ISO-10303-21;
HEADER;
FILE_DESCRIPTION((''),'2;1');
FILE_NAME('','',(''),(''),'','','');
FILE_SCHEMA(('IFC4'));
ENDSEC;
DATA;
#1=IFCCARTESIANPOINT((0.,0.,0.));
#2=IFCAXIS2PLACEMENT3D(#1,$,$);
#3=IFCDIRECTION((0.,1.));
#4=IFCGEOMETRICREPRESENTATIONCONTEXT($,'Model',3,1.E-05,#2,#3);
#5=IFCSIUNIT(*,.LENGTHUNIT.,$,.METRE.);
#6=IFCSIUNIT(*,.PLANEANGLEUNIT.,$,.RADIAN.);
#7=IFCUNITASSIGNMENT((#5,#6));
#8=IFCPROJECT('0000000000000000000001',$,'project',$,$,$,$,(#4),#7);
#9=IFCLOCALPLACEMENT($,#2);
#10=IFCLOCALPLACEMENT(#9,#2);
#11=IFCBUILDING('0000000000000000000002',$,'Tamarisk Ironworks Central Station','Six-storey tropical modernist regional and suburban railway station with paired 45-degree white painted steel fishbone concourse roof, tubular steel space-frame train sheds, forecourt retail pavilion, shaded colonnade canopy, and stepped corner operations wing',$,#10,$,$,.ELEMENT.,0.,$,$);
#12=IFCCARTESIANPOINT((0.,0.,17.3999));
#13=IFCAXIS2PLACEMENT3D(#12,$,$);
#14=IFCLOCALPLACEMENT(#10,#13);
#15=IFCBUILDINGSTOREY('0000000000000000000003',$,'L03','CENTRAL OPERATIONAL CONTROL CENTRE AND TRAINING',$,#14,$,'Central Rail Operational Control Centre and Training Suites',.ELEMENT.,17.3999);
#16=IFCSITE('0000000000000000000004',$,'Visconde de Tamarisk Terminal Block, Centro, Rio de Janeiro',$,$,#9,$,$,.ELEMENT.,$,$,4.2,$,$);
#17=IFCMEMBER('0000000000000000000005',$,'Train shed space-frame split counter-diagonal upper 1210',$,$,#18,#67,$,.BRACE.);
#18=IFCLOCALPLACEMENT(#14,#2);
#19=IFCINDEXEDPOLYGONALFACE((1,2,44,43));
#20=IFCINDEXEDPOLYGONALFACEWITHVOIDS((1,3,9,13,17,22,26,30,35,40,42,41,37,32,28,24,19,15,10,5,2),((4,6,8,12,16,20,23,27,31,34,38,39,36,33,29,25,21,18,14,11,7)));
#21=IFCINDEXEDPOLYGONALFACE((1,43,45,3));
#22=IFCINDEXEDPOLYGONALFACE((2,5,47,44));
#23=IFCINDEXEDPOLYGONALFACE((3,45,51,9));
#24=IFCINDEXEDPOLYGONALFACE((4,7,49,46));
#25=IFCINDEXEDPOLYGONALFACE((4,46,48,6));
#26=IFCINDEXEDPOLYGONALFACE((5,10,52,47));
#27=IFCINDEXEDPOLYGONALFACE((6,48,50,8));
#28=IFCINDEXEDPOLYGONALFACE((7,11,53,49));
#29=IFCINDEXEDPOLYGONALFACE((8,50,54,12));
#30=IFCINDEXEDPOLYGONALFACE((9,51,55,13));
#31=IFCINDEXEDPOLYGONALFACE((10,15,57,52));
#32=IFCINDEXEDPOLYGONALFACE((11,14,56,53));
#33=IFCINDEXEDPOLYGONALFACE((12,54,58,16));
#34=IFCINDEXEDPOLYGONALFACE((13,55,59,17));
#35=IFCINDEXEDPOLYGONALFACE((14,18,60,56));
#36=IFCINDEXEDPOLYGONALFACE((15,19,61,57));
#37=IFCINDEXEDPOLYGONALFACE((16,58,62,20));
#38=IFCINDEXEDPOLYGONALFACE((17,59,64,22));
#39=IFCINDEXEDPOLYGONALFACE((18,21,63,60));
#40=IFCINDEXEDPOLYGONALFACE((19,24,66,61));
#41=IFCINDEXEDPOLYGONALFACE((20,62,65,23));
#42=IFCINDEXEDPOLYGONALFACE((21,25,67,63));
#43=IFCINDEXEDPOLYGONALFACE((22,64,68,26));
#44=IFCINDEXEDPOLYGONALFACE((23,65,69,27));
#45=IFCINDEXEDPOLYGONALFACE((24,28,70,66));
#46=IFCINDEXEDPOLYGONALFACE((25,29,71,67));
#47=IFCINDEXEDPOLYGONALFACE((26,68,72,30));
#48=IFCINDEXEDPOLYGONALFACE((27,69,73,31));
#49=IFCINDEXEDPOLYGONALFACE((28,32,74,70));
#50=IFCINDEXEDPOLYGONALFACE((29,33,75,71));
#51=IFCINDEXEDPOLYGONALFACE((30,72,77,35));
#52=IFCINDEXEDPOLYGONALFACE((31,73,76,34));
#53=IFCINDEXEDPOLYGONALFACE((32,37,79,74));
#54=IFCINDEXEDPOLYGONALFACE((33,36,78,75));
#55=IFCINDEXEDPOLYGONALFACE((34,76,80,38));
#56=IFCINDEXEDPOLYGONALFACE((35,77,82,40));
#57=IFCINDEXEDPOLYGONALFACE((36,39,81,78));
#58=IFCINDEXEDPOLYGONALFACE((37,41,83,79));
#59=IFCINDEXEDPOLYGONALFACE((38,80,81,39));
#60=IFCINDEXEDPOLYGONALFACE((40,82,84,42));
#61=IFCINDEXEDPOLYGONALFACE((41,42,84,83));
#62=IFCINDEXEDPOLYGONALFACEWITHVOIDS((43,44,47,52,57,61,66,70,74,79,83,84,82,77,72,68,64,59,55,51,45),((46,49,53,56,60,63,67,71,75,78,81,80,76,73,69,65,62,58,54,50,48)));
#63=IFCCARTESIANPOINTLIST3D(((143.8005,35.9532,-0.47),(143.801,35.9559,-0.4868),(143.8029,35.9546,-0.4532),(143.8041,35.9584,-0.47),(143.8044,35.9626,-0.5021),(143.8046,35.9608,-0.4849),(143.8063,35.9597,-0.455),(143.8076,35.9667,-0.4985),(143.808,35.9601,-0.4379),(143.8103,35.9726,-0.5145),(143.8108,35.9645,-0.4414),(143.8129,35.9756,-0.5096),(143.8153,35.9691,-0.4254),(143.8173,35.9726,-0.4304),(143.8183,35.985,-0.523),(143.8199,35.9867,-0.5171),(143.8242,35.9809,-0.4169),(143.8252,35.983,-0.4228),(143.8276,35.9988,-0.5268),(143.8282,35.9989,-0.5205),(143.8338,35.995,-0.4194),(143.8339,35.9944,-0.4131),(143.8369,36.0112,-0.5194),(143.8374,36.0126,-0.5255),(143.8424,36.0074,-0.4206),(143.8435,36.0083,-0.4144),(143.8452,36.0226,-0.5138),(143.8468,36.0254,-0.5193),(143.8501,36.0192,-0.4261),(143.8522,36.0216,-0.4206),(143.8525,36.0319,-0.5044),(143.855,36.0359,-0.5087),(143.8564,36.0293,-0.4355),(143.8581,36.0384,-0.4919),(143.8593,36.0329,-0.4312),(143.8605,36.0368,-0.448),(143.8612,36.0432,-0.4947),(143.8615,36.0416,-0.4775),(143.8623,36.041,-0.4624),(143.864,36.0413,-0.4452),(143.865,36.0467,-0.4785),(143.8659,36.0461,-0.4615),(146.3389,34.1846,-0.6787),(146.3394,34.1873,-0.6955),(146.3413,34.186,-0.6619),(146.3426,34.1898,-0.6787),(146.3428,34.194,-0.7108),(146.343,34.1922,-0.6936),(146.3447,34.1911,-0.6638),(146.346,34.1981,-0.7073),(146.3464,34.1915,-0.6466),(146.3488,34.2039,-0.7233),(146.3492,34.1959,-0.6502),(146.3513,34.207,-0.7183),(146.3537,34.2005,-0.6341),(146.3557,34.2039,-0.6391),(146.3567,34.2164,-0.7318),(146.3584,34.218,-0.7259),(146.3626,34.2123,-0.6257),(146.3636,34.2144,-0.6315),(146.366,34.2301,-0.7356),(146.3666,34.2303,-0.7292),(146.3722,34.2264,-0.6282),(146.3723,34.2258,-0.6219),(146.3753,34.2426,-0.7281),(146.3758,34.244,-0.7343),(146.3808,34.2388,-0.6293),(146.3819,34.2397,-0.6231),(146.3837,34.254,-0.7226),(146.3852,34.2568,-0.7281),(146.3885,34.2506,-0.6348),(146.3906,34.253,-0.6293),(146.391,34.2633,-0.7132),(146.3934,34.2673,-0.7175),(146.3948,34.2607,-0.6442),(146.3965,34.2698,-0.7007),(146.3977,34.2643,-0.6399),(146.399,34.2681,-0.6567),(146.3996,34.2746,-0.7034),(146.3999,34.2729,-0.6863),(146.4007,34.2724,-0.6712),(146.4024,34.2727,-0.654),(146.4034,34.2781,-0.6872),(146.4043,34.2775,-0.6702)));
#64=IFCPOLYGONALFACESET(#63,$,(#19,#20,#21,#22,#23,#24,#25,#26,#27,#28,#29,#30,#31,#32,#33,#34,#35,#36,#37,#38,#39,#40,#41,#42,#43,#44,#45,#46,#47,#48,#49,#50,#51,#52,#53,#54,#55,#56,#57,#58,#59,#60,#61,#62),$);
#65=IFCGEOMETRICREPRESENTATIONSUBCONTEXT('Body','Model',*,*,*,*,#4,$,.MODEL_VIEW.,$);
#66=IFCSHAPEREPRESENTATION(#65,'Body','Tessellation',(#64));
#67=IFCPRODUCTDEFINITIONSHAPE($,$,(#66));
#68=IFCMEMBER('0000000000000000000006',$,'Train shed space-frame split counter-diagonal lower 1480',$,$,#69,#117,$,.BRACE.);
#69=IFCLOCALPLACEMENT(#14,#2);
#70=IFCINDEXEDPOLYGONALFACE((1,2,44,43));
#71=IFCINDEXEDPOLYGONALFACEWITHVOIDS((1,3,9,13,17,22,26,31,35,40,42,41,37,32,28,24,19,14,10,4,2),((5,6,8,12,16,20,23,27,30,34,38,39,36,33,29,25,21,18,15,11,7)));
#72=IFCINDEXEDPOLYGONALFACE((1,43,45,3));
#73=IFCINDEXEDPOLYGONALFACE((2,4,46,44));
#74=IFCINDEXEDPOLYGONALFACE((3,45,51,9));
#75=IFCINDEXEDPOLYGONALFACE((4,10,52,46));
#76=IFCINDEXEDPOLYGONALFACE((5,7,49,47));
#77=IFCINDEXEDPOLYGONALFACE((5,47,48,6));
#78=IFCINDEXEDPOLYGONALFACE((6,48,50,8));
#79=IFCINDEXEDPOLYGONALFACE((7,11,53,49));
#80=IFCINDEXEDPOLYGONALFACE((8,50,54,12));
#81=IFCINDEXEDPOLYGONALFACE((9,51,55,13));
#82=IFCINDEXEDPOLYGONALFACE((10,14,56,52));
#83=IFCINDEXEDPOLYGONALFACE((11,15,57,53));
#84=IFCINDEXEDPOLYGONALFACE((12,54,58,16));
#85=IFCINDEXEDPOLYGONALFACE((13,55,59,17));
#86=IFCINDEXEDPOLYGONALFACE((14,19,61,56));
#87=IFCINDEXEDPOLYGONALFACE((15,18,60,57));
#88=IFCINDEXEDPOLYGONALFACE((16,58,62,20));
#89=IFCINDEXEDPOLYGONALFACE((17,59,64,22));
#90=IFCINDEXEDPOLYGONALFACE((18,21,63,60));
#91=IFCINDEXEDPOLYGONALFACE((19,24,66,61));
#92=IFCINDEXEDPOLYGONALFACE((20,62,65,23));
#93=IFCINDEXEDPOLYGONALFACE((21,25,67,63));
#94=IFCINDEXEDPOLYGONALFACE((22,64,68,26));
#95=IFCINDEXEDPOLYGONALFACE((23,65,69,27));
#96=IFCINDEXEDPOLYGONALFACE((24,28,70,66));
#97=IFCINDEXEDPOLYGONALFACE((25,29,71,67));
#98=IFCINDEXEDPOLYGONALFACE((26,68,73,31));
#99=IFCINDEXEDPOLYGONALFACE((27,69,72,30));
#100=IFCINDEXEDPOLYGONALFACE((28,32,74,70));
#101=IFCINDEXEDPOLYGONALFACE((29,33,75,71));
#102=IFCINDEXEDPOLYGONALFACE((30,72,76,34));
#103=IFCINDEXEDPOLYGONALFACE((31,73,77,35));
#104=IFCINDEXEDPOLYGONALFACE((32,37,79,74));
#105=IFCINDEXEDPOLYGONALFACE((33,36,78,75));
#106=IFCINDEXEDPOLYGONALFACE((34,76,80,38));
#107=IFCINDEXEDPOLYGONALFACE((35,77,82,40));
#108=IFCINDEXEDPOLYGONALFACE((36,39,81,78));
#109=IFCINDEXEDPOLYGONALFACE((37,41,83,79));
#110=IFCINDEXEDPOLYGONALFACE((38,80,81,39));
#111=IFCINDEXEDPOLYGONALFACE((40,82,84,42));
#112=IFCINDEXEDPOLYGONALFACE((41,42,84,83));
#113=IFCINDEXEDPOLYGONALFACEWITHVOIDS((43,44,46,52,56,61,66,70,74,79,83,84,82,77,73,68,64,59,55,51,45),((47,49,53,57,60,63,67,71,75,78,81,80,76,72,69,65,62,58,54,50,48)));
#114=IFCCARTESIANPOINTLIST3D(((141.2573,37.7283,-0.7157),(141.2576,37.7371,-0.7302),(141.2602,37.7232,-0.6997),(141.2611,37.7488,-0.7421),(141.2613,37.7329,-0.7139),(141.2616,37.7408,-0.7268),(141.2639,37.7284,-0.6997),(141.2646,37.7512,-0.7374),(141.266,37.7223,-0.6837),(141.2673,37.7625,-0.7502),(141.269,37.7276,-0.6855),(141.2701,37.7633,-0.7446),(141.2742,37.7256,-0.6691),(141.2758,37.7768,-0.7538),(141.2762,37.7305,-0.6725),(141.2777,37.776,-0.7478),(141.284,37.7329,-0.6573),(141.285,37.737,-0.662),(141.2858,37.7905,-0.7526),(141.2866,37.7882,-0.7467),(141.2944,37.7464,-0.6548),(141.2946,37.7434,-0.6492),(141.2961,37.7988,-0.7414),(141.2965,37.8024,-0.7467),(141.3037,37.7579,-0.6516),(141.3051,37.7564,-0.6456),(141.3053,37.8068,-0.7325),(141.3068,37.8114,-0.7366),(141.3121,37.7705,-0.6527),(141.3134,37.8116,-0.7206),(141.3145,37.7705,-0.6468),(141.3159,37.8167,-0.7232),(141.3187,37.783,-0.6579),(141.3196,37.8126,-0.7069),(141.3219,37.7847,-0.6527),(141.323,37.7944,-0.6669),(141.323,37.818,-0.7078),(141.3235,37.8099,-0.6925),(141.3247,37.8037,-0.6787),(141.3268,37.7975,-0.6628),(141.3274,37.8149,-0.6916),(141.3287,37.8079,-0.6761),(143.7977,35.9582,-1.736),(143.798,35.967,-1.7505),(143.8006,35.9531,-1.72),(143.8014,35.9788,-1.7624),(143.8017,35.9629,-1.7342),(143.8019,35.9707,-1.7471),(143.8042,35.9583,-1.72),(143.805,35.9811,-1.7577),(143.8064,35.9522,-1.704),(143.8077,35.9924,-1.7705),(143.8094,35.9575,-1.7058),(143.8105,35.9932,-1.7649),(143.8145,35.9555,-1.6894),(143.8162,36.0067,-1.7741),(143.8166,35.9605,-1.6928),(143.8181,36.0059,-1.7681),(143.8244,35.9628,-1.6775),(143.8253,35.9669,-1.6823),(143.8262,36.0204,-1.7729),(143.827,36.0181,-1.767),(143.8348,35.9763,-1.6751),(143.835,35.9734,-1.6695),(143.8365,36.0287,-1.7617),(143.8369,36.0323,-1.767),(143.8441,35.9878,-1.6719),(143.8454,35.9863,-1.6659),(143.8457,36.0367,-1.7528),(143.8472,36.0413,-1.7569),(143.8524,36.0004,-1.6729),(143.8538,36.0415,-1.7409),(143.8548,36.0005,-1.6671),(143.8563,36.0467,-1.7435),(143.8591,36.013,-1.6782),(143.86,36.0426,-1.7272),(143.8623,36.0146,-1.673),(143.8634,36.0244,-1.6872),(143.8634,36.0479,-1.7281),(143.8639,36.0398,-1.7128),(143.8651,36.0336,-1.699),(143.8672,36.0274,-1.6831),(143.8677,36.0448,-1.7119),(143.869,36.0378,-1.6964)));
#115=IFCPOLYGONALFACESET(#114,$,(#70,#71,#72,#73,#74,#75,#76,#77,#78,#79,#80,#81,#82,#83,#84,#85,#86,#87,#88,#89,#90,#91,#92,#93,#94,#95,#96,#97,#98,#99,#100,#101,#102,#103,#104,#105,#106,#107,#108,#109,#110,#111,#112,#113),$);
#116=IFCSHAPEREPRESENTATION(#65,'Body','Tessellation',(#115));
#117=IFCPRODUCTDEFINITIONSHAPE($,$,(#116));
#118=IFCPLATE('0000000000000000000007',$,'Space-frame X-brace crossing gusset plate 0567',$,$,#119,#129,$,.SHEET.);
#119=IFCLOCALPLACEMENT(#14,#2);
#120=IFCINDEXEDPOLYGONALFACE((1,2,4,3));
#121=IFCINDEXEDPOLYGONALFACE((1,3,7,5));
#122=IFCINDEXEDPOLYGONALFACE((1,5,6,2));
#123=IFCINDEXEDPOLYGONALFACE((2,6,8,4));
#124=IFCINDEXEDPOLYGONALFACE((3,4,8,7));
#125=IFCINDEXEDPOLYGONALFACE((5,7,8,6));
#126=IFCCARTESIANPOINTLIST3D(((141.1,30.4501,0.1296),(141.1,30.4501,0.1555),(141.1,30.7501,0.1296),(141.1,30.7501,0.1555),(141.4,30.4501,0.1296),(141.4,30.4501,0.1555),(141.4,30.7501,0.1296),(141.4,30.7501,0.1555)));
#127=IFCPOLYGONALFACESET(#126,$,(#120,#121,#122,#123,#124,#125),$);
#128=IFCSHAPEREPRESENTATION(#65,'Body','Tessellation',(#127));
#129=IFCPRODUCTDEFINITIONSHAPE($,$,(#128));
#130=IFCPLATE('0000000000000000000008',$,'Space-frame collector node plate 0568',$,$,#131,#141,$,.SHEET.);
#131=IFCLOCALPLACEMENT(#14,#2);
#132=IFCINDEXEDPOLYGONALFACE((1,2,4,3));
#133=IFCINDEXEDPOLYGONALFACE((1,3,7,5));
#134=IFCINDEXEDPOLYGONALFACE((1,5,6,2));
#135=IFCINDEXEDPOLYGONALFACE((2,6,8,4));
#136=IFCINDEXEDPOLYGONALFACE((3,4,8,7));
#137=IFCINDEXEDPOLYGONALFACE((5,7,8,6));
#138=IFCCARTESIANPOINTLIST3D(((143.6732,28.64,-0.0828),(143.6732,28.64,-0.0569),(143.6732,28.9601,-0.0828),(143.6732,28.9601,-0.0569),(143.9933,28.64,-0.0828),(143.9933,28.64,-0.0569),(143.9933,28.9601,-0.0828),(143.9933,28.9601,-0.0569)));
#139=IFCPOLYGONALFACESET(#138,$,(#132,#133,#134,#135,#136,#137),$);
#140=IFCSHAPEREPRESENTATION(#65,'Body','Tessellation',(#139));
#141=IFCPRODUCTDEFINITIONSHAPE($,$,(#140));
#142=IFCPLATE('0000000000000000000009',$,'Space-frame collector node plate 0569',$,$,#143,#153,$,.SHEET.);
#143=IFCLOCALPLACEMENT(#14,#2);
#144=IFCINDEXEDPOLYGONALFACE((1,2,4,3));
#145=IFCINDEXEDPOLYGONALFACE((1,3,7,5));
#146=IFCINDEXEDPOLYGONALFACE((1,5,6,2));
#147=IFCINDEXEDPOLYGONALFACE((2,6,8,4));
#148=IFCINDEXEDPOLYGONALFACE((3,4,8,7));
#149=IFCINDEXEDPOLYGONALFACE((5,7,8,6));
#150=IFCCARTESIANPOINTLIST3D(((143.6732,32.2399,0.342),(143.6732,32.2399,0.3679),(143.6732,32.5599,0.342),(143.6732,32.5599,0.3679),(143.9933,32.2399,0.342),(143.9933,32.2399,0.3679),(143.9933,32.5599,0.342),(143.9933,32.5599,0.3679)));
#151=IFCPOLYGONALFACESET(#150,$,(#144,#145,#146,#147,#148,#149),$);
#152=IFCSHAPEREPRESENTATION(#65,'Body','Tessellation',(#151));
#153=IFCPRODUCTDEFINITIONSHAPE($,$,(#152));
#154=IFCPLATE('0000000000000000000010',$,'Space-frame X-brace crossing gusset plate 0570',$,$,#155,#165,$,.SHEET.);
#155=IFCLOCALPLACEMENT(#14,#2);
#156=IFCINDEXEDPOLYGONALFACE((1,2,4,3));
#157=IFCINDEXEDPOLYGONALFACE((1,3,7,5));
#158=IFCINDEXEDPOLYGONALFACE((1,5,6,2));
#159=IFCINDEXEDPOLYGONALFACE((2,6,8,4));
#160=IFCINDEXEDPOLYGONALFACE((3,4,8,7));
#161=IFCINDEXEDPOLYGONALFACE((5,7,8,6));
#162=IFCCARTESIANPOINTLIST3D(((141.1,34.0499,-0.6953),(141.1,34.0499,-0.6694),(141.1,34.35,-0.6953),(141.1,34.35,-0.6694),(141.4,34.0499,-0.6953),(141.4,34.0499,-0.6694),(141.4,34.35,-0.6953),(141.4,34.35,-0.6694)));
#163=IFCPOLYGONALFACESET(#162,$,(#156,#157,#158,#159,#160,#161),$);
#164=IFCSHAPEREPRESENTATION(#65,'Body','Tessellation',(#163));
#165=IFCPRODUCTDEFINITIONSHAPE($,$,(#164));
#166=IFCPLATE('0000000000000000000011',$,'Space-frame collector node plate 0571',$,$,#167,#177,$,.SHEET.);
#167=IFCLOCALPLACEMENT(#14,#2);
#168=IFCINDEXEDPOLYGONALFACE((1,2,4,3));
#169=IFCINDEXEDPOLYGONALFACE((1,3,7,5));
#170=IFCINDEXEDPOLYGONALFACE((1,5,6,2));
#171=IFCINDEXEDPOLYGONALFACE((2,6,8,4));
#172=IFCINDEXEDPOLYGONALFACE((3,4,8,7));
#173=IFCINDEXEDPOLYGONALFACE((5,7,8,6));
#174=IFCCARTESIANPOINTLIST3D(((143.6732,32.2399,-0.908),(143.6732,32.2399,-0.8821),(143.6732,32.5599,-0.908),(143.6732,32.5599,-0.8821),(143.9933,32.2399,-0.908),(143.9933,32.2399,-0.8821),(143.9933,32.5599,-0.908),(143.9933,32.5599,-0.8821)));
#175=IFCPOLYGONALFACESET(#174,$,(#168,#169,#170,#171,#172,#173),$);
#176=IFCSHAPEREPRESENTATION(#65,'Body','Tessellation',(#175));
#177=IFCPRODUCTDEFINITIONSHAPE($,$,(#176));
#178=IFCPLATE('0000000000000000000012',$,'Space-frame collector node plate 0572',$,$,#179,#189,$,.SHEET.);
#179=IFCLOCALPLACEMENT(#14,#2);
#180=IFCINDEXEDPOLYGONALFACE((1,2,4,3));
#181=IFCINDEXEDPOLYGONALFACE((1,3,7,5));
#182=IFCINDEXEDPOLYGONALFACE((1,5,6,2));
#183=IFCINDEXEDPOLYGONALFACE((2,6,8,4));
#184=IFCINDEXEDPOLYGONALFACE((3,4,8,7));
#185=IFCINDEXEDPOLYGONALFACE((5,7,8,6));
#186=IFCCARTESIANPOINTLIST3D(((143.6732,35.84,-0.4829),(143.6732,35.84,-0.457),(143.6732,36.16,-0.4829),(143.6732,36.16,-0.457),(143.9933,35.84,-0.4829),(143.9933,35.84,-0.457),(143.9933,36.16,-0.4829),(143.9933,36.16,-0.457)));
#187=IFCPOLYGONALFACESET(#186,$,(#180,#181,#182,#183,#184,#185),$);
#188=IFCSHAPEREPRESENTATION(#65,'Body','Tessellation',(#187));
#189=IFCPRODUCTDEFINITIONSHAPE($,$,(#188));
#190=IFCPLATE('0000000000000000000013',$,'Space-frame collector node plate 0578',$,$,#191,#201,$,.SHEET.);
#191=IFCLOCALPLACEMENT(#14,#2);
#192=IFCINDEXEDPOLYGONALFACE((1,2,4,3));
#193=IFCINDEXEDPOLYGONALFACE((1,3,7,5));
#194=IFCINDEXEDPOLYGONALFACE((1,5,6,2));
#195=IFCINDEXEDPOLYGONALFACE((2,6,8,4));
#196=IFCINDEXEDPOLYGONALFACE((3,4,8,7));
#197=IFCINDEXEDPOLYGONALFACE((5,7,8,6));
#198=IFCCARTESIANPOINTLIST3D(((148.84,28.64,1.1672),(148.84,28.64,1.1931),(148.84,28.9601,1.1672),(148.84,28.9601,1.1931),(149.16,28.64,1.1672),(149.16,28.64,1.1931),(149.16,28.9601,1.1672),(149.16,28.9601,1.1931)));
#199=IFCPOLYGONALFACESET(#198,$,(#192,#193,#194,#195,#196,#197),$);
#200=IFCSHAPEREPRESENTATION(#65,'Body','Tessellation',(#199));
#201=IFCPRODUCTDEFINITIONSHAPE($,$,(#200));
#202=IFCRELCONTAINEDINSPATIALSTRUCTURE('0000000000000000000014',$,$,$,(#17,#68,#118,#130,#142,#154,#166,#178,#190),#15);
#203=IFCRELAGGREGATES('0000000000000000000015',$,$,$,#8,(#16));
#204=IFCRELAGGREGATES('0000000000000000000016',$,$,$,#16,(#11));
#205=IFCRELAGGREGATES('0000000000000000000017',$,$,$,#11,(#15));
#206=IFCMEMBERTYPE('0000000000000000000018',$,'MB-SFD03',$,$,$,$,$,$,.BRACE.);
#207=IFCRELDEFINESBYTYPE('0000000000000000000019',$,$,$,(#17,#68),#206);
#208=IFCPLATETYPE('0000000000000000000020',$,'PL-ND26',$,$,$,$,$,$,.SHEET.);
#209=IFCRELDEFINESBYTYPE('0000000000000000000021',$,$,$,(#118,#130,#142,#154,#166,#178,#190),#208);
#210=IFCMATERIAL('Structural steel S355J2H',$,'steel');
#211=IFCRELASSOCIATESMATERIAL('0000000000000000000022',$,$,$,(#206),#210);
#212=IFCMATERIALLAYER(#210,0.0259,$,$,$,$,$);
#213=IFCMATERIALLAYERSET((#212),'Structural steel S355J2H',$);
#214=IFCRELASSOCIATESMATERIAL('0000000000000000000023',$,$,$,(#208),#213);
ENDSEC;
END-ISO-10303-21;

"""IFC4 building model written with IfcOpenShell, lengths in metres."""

from ifc_helpers import new_model, si_unit, direction, frame, origin, origin_2d, place, context, subcontext, project, spatial, rectangle, hollow_circle, extrude, material, layer, layer_set, material_profile, profile_set, type_object, element, save


model = new_model("IFC4")

# Units and contexts
model_context = context("Model", 3, precision=1e-05, world=origin(), true_north=direction((0.0, 1.0)))
body_context = subcontext(model_context, "Body", "Model", "MODEL_VIEW")
ifc_project = project(units=[si_unit("LENGTHUNIT", "METRE"), si_unit("PLANEANGLEUNIT", "RADIAN")], contexts=[model_context])

# Site, building, storey
site_placement = place(None, origin())
site = spatial("IfcSite", under=ifc_project, at=site_placement, Name="Visconde de Tamarisk Terminal Block, Centro, Rio de Janeiro", CompositionType="ELEMENT", RefElevation=4.2)
building_placement = place(site_placement, origin())
building = spatial("IfcBuilding", under=site, at=building_placement, Name="Tamarisk Ironworks Central Station", Description="Six-storey tropical modernist regional and suburban railway station with paired 45-degree white painted steel fishbone concourse roof, tubular steel space-frame train sheds, forecourt retail pavilion, shaded colonnade canopy, and stepped corner operations wing", CompositionType="ELEMENT", ElevationOfRefHeight=0.0)
storey_placement = place(building_placement, frame((0.0, 0.0, 17.3999)))
storey = spatial("IfcBuildingStorey", under=building, at=storey_placement, Name="L03", Description="CENTRAL OPERATIONAL CONTROL CENTRE AND TRAINING", LongName="Central Rail Operational Control Centre and Training Suites", CompositionType="ELEMENT", Elevation=17.3999)

# Members
ifc_material = material(Name="Structural steel S355J2H", Category="steel")
ifc_material_profile_1 = material_profile(ifc_material, hollow_circle(Radius=0.0571, WallThickness=0.0063, at=origin_2d()), Name="CHS 114.3x6.3")
ifc_profile_set_1 = profile_set([ifc_material_profile_1], Name="Structural steel S355J2H")
member_type_1 = type_object("IfcMemberType", Name="MB-SFD03", PredefinedType="BRACE", material=ifc_profile_set_1)
for number, where, z_axis, x_axis, name in (
    (1, (146.3716, 34.2314, -0.6787), (-0.818625, 0.570369, 0.06732), (-0.571666, -0.820487, 0.0), "Train shed space-frame split counter-diagonal upper 1210"),
):
    element("IfcMember", number, at=place(storey_placement, frame(where, z_axis=z_axis, x_axis=x_axis)), inside=storey, type_object=member_type_1, Name=name, PredefinedType="BRACE", context=body_context, shape_type="SweptSolid", body=[
        extrude(hollow_circle(Radius=0.0571, WallThickness=0.0063, at=origin_2d()), origin(), (0.0, 0.0, 1.0), 3.1008),
    ])
member_1_placement = place(storey_placement, frame((143.8333, 36.0, -1.72), z_axis=(-0.779252, 0.542967, 0.312974), x_axis=(-0.571688, -0.820471, 0.0)))
element("IfcMember", 2, at=member_1_placement, inside=storey, type_object=member_type_1, Name="Train shed space-frame split counter-diagonal lower 1480", PredefinedType="BRACE", context=body_context, shape_type="SweptSolid", body=[
    extrude(hollow_circle(Radius=0.0571, WallThickness=0.0063, at=origin_2d()), origin(), (0.0, 0.0, 1.0), 3.26),
])

# Plates
ifc_layer = layer(ifc_material, 0.0259)
ifc_layer_set = layer_set([ifc_layer], Name="Structural steel S355J2H")
plate_type = type_object("IfcPlateType", Name="PL-ND26", PredefinedType="SHEET", material=ifc_layer_set)
plate_1_placement = place(storey_placement, frame((141.25, 30.6001, 0.1296), z_axis=(0.0, 0.0, 1.0), x_axis=(1.0, 0.0, 0.0)))
element("IfcPlate", 3, at=plate_1_placement, inside=storey, type_object=plate_type, Name="Space-frame X-brace crossing gusset plate 0567", PredefinedType="SHEET", context=body_context, shape_type="SweptSolid", body=[
    extrude(rectangle(XDim=0.3, YDim=0.3, at=origin_2d()), origin(), (0.0, 0.0, 1.0), 0.0259),
])
for number, where, z_axis, x_axis, name in (
    (4, (143.8333, 28.8, -0.0828), (0.0, 0.0, 1.0), (1.0, 0.0, 0.0), "Space-frame collector node plate 0568"),
    (5, (143.8333, 32.3999, 0.342), (0.0, 0.0, 1.0), (1.0, 0.0, 0.0), "Space-frame collector node plate 0569"),
):
    element("IfcPlate", number, at=place(storey_placement, frame(where, z_axis=z_axis, x_axis=x_axis)), inside=storey, type_object=plate_type, Name=name, PredefinedType="SHEET", context=body_context, shape_type="SweptSolid", body=[
        extrude(rectangle(XDim=0.3201, YDim=0.3201, at=origin_2d()), origin(), (0.0, 0.0, 1.0), 0.0259),
    ])
plate_2_placement = place(storey_placement, frame((141.25, 34.2, -0.6953), z_axis=(0.0, 0.0, 1.0), x_axis=(1.0, 0.0, 0.0)))
element("IfcPlate", 6, at=plate_2_placement, inside=storey, type_object=plate_type, Name="Space-frame X-brace crossing gusset plate 0570", PredefinedType="SHEET", context=body_context, shape_type="SweptSolid", body=[
    extrude(rectangle(XDim=0.3, YDim=0.3, at=origin_2d()), origin(), (0.0, 0.0, 1.0), 0.0259),
])
for number, where, z_axis, x_axis, name in (
    (7, (143.8333, 32.3999, -0.908), (0.0, 0.0, 1.0), (1.0, 0.0, 0.0), "Space-frame collector node plate 0571"),
    (8, (143.8333, 36.0, -0.4829), (0.0, 0.0, 1.0), (1.0, 0.0, 0.0), "Space-frame collector node plate 0572"),
    (9, (149.0, 28.8, 1.1672), (0.0, 0.0, 1.0), (1.0, 0.0, 0.0), "Space-frame collector node plate 0578"),
):
    element("IfcPlate", number, at=place(storey_placement, frame(where, z_axis=z_axis, x_axis=x_axis)), inside=storey, type_object=plate_type, Name=name, PredefinedType="SHEET", context=body_context, shape_type="SweptSolid", body=[
        extrude(rectangle(XDim=0.3201, YDim=0.3201, at=origin_2d()), origin(), (0.0, 0.0, 1.0), 0.0259),
    ])

save(model, "model.ifc")
